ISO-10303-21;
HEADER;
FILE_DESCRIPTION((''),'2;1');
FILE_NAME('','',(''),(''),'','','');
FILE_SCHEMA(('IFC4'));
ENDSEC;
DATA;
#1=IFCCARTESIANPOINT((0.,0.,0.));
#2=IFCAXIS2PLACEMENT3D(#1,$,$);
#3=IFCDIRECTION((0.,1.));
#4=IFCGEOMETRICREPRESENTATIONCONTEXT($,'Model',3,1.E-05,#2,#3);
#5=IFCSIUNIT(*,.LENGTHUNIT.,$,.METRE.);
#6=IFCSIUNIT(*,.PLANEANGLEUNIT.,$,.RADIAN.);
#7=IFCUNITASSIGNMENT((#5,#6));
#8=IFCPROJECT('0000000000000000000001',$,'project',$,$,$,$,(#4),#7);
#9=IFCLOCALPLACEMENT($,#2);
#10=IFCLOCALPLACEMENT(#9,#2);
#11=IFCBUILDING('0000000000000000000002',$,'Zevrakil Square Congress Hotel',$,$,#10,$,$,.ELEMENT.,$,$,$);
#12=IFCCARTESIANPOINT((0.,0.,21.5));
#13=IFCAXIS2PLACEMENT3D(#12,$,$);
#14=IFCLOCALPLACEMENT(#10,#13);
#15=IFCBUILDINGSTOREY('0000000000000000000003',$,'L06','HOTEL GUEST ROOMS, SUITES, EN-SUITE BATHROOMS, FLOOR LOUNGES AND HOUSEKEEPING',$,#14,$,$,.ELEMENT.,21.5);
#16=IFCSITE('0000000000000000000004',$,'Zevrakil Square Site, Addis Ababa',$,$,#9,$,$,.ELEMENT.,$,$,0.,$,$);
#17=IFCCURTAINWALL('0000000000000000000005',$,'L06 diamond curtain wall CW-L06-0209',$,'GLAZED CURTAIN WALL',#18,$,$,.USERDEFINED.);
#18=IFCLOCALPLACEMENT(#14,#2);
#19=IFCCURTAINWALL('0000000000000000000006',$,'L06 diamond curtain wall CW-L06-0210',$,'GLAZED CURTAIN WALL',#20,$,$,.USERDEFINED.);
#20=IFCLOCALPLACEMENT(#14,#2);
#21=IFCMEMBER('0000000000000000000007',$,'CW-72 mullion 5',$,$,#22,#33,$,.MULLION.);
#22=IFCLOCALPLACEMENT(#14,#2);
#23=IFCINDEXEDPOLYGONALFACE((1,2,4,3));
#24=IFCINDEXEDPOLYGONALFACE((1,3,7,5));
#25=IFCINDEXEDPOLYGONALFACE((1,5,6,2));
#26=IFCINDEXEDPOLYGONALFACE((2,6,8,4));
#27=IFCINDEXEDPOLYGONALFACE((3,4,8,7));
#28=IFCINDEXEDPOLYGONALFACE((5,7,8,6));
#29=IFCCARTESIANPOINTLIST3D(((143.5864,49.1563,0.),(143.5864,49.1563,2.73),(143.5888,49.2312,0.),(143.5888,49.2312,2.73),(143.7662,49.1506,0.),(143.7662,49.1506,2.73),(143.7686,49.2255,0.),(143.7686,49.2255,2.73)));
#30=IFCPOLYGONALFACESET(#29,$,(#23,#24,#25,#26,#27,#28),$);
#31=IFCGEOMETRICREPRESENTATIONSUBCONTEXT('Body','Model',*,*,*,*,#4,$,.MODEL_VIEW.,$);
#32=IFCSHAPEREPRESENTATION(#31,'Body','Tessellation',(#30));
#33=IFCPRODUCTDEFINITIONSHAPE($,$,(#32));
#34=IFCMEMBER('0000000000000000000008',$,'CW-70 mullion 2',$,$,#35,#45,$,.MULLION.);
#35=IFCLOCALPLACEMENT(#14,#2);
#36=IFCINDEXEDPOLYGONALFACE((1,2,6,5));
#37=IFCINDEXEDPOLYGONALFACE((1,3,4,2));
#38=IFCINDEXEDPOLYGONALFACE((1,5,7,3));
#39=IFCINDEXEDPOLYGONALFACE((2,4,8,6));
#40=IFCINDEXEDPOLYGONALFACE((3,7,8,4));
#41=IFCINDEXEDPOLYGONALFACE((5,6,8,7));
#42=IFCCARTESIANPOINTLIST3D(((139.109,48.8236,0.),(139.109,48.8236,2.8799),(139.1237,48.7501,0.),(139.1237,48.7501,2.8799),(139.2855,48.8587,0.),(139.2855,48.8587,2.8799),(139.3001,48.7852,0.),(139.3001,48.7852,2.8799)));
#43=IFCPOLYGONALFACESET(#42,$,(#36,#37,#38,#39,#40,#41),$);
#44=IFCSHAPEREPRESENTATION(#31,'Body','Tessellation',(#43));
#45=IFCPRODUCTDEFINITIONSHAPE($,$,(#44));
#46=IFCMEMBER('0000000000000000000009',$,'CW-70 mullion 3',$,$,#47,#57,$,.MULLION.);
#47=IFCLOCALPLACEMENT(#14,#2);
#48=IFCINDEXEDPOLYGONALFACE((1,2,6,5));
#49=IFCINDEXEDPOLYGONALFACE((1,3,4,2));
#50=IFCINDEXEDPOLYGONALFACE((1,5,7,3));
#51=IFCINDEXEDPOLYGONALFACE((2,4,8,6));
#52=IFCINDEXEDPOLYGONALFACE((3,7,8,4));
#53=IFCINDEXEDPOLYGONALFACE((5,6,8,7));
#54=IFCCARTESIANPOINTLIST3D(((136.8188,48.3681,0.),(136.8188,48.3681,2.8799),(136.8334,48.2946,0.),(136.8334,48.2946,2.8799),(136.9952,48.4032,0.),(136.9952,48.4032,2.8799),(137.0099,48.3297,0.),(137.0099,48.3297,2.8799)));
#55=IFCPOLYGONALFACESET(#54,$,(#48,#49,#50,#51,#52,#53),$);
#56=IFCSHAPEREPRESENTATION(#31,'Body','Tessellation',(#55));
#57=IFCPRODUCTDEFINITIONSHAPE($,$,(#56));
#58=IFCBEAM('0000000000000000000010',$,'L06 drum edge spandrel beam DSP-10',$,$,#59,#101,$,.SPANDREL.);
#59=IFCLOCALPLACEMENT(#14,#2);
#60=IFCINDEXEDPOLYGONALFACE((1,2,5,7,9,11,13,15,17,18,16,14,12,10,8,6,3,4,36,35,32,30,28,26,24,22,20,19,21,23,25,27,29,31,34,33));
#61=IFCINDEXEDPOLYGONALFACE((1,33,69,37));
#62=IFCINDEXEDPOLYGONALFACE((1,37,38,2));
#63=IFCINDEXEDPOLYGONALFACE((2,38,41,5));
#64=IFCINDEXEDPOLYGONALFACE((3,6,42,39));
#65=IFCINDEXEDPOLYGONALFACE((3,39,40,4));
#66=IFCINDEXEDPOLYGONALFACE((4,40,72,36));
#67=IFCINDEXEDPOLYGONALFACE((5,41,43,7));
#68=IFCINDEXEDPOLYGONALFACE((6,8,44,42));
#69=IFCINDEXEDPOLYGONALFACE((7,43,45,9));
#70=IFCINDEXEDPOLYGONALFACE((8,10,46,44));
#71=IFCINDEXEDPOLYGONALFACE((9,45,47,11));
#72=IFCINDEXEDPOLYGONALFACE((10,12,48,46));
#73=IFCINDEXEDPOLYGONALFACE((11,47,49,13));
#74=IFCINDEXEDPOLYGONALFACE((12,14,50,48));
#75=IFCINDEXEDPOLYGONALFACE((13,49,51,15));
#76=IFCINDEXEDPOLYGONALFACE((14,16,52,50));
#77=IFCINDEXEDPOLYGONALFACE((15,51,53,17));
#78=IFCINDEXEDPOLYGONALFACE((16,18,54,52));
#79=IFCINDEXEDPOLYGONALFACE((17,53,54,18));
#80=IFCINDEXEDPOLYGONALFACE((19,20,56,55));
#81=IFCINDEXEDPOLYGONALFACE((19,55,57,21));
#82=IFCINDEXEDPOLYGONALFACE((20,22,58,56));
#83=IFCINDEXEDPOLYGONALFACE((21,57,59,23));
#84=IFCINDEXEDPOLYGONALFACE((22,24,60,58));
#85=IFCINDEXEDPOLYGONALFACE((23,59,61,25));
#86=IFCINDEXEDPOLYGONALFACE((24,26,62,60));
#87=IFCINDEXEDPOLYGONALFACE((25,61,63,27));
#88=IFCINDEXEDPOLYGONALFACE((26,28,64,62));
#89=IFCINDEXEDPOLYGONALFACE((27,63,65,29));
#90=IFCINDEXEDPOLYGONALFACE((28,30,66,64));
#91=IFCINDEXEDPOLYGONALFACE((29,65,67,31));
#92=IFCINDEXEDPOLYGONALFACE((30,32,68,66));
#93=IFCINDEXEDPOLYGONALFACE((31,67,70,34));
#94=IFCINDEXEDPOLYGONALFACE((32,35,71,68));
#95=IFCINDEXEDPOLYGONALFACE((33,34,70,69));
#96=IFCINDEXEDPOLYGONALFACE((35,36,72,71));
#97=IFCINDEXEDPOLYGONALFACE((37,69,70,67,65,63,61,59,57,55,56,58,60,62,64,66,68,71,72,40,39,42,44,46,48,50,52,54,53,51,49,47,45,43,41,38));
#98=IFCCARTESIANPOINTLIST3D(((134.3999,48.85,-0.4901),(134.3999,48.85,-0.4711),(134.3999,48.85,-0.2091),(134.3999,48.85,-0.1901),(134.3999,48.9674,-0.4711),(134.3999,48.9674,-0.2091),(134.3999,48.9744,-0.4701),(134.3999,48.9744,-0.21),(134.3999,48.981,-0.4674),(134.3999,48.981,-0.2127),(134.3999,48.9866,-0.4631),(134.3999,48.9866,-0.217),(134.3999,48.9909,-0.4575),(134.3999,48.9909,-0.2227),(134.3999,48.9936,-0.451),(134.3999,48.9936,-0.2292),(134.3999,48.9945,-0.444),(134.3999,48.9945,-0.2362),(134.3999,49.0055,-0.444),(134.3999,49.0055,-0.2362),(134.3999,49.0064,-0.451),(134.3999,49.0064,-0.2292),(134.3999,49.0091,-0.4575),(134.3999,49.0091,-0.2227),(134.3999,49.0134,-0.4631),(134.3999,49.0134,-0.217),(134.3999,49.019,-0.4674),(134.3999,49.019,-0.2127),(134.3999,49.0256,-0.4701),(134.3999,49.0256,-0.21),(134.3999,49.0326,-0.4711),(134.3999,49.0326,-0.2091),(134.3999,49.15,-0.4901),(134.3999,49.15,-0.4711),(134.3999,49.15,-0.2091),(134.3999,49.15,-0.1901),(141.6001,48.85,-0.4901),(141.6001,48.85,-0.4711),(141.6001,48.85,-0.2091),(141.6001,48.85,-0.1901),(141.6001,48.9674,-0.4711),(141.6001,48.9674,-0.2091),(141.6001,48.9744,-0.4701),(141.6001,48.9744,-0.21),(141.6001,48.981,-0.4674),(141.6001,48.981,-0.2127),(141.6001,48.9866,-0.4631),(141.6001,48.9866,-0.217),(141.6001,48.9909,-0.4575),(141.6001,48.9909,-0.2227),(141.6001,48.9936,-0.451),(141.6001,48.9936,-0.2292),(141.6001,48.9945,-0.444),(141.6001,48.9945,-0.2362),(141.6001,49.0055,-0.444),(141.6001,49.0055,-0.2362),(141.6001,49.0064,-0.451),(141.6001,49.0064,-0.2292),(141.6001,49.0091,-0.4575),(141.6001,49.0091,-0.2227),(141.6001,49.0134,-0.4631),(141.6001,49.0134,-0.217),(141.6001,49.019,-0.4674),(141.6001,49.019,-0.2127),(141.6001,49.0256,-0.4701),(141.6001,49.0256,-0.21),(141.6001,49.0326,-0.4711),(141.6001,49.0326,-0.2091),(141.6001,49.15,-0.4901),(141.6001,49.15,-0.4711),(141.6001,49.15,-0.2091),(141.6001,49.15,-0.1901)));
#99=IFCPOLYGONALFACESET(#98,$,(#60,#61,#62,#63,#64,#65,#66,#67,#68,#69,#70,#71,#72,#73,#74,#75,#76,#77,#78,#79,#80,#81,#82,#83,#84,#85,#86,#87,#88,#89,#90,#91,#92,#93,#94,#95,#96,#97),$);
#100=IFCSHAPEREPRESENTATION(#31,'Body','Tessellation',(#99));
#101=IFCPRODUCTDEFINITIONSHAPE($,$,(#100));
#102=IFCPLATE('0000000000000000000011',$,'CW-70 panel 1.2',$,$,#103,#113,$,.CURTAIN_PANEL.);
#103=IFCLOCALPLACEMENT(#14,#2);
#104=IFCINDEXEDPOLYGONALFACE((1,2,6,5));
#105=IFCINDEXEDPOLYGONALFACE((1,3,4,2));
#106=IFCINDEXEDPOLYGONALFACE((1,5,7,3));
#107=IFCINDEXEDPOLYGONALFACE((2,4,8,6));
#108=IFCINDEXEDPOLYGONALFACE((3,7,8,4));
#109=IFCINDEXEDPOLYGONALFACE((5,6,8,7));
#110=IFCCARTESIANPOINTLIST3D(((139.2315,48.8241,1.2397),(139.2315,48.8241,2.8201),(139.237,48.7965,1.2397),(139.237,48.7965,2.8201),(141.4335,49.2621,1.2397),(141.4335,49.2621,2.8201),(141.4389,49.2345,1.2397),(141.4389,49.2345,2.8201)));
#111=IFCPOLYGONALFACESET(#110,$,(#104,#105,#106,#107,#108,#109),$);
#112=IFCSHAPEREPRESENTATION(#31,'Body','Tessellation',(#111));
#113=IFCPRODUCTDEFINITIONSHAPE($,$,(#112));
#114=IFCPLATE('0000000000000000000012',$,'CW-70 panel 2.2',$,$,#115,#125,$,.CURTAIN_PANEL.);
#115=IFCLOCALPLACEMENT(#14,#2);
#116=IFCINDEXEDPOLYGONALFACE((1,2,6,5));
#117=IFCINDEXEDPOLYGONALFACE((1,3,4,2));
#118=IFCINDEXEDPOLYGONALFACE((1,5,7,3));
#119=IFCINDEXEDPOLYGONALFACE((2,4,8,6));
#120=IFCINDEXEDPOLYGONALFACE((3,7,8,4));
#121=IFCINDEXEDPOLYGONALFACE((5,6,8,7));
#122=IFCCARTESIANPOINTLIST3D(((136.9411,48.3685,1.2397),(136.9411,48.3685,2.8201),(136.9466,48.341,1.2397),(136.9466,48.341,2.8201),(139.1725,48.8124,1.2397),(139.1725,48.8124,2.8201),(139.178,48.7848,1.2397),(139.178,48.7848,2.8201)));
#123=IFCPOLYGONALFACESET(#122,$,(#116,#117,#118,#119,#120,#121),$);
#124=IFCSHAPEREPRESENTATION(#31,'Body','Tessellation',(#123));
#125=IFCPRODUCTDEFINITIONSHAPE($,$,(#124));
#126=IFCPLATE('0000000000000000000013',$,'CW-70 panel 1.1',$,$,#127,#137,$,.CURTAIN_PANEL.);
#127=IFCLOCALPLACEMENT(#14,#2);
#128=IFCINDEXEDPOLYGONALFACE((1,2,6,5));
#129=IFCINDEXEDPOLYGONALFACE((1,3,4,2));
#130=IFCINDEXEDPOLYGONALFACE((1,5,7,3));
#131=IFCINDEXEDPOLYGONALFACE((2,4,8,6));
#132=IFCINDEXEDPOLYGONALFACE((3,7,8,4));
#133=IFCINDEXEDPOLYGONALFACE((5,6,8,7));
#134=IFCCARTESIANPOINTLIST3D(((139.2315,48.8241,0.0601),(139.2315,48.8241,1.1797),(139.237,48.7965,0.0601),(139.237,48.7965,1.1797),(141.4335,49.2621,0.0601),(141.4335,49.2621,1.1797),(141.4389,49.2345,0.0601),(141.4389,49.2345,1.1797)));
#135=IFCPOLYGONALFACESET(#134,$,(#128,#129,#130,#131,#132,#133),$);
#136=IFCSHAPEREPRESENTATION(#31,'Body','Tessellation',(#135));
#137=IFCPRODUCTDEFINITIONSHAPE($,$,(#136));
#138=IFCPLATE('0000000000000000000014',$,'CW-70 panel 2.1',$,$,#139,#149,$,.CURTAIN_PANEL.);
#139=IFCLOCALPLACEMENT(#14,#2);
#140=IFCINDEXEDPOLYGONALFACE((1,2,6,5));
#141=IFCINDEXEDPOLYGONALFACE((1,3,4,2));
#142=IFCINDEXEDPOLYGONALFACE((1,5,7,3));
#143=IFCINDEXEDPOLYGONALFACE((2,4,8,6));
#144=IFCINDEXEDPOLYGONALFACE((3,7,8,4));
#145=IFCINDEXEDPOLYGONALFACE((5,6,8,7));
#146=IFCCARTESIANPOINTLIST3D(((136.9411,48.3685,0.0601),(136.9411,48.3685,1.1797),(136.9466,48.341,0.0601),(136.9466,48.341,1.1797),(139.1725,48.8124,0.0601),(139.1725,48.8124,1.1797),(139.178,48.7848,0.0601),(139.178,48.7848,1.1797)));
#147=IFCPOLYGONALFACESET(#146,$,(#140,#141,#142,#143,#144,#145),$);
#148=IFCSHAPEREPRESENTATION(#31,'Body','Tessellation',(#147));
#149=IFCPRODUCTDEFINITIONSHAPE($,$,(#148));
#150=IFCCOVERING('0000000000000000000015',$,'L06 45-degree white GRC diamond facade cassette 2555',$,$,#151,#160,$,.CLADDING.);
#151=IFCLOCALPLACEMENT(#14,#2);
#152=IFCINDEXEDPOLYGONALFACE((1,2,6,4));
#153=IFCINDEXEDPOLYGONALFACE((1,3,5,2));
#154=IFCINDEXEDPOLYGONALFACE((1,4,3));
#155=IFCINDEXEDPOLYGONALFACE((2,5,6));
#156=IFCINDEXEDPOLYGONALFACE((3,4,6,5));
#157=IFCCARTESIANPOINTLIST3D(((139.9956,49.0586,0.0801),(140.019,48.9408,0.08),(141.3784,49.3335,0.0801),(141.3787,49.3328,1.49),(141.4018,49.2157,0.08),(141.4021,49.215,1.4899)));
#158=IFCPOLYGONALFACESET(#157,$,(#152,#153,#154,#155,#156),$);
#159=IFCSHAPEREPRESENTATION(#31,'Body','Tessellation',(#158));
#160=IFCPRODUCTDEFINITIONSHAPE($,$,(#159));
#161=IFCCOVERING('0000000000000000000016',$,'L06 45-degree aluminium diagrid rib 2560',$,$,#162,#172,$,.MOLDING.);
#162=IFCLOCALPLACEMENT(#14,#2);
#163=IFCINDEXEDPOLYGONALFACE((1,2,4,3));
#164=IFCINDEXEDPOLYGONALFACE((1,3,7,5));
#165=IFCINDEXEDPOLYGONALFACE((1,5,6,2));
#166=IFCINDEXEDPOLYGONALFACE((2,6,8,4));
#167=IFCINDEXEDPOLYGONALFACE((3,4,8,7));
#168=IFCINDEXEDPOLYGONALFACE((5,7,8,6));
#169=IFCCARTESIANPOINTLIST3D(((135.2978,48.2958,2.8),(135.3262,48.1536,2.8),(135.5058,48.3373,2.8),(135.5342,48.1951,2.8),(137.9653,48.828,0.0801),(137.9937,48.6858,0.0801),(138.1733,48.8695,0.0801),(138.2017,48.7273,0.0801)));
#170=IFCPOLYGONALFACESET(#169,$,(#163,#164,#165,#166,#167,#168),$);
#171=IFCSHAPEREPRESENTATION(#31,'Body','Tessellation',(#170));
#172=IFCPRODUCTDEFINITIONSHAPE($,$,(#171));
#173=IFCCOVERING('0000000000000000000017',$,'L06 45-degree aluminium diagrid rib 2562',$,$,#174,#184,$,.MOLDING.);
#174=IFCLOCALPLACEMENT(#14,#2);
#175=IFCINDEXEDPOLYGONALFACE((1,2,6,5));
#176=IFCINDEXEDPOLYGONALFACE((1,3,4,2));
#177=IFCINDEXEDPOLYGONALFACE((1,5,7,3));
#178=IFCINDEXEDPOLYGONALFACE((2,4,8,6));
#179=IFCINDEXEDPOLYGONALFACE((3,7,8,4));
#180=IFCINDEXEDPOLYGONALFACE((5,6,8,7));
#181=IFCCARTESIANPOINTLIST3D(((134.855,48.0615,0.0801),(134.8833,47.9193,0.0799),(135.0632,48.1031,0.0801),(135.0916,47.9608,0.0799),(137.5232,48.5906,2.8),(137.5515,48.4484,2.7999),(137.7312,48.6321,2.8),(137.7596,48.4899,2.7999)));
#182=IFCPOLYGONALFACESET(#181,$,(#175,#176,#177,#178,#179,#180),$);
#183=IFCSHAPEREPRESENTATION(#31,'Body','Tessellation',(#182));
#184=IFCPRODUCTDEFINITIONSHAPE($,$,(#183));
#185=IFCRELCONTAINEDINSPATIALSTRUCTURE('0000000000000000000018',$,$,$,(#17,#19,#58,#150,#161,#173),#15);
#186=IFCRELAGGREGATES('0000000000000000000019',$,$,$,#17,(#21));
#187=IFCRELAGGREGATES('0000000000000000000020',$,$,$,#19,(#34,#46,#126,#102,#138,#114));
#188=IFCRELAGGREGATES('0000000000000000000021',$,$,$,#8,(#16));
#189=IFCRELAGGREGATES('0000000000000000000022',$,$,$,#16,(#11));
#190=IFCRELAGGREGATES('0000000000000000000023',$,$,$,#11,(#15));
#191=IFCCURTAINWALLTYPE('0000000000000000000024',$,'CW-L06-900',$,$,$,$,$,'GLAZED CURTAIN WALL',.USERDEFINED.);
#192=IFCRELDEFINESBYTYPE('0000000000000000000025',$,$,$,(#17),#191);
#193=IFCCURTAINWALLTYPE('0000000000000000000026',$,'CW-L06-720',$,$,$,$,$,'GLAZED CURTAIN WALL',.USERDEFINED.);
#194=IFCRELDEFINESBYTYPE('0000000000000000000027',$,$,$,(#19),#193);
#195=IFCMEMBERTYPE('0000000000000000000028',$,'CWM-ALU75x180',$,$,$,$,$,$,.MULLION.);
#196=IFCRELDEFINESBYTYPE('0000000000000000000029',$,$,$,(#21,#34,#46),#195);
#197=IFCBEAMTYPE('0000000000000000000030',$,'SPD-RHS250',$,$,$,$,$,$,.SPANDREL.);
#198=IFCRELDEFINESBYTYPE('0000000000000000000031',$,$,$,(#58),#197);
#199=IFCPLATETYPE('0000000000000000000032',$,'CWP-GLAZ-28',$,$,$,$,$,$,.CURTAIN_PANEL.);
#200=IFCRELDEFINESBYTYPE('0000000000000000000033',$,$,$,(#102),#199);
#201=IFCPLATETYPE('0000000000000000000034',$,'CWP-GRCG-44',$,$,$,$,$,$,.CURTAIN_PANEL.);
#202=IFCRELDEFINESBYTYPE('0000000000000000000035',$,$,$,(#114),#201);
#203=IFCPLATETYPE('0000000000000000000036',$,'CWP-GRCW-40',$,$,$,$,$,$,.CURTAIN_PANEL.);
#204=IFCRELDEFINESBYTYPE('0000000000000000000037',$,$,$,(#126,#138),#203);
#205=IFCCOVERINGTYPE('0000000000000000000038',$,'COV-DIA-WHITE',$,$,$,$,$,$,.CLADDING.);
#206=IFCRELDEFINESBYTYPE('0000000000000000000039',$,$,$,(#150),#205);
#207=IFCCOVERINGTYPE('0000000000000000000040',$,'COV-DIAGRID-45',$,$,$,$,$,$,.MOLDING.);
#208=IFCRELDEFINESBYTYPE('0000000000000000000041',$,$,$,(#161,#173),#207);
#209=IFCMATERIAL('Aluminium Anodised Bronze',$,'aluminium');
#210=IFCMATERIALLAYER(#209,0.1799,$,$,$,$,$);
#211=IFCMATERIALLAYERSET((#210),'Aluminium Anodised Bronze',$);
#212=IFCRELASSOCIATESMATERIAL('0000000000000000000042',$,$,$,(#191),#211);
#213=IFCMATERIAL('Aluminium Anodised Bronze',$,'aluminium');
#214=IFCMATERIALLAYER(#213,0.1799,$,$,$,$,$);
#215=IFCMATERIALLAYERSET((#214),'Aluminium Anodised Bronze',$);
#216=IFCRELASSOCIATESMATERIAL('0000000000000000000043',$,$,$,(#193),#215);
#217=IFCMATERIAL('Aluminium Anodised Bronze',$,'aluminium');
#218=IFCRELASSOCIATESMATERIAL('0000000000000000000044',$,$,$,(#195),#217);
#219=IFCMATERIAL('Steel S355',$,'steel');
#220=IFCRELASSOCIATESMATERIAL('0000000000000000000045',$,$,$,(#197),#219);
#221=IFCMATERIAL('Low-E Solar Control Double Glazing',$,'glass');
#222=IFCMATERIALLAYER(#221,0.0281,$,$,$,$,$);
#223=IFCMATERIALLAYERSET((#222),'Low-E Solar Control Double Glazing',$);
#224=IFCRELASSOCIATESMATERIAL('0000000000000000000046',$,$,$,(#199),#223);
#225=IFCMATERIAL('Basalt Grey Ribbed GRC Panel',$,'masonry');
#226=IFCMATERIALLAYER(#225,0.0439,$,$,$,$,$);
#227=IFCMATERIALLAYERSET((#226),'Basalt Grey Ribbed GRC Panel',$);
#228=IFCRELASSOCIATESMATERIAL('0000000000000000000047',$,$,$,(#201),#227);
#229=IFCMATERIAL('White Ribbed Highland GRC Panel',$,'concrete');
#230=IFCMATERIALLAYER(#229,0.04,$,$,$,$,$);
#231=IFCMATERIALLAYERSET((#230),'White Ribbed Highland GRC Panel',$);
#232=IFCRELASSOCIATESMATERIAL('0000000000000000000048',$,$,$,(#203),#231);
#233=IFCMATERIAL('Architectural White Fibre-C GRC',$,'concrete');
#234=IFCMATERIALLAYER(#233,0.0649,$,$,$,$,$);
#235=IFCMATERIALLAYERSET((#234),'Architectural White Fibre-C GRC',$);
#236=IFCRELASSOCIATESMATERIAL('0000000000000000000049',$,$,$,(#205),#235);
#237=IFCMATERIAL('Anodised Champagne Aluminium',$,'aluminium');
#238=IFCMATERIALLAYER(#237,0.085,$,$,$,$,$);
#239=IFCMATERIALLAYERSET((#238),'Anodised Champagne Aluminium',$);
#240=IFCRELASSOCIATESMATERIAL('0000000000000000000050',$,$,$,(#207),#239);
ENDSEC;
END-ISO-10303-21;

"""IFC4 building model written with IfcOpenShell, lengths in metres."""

from ifc_helpers import new_model, si_unit, direction, frame, origin, origin_2d, place, context, subcontext, project, spatial, polyline, rectangle, i_section, outline, extrude, material, layer, layer_set, material_profile, profile_set, type_object, element, aggregate, save


model = new_model("IFC4")

# Units and contexts
model_context = context("Model", 3, precision=1e-05, world=origin(), true_north=direction((0.0, 1.0)))
body_context = subcontext(model_context, "Body", "Model", "MODEL_VIEW")
ifc_project = project(units=[si_unit("LENGTHUNIT", "METRE"), si_unit("PLANEANGLEUNIT", "RADIAN")], contexts=[model_context])

# Site, building, storey
site_placement = place(None, origin())
site = spatial("IfcSite", under=ifc_project, at=site_placement, Name="Zevrakil Square Site, Addis Ababa", CompositionType="ELEMENT", RefElevation=0.0)
building_placement = place(site_placement, origin())
building = spatial("IfcBuilding", under=site, at=building_placement, Name="Zevrakil Square Congress Hotel", CompositionType="ELEMENT")
storey_placement = place(building_placement, frame((0.0, 0.0, 21.5)))
storey = spatial("IfcBuildingStorey", under=building, at=storey_placement, Name="L06", Description="HOTEL GUEST ROOMS, SUITES, EN-SUITE BATHROOMS, FLOOR LOUNGES AND HOUSEKEEPING", CompositionType="ELEMENT", Elevation=21.5)

# Curtain walls
ifc_material_1 = material(Name="Aluminium Anodised Bronze", Category="aluminium")
ifc_layer_1 = layer(ifc_material_1, 0.1799)
ifc_layer_set_1 = layer_set([ifc_layer_1], Name="Aluminium Anodised Bronze")
curtain_wall_type_1 = type_object("IfcCurtainWallType", Name="CW-L06-900", ElementType="GLAZED CURTAIN WALL", PredefinedType="USERDEFINED", material=ifc_layer_set_1)
curtain_wall_1_placement = place(storey_placement, origin())
curtain_wall_1 = element("IfcCurtainWall", 1, at=curtain_wall_1_placement, inside=storey, type_object=curtain_wall_type_1, Name="L06 diamond curtain wall CW-L06-0209", ObjectType="GLAZED CURTAIN WALL", PredefinedType="USERDEFINED")
ifc_material_2 = material(Name="Aluminium Anodised Bronze", Category="aluminium")
ifc_layer_2 = layer(ifc_material_2, 0.1799)
ifc_layer_set_2 = layer_set([ifc_layer_2], Name="Aluminium Anodised Bronze")
curtain_wall_type_2 = type_object("IfcCurtainWallType", Name="CW-L06-720", ElementType="GLAZED CURTAIN WALL", PredefinedType="USERDEFINED", material=ifc_layer_set_2)
curtain_wall_2_placement = place(storey_placement, origin())
curtain_wall_2 = element("IfcCurtainWall", 2, at=curtain_wall_2_placement, inside=storey, type_object=curtain_wall_type_2, Name="L06 diamond curtain wall CW-L06-0210", ObjectType="GLAZED CURTAIN WALL", PredefinedType="USERDEFINED")

# Members
ifc_material_3 = material(Name="Aluminium Anodised Bronze", Category="aluminium")
ifc_material_profile_1 = material_profile(ifc_material_3, rectangle(XDim=0.075, YDim=0.1799, at=origin_2d()), Name="ALU 75x180")
ifc_profile_set_1 = profile_set([ifc_material_profile_1], Name="Aluminium Anodised Bronze")
member_type_1 = type_object("IfcMemberType", Name="CWM-ALU75x180", PredefinedType="MULLION", material=ifc_profile_set_1)
member_1_placement = place(storey_placement, frame((143.6775, 49.1909, 0.0), z_axis=(0.0, 0.0, 1.0), x_axis=(-0.031598, -0.999501, 0.0)))
member_1 = element("IfcMember", 3, at=member_1_placement, type_object=member_type_1, Name="CW-72 mullion 5", PredefinedType="MULLION", context=body_context, shape_type="SweptSolid", body=[
    extrude(rectangle(XDim=0.075, YDim=0.1799, at=origin_2d()), origin(), (0.0, 0.0, 1.0), 2.73),
])
aggregate(curtain_wall_1, [member_1])
member_2_placement = place(storey_placement, frame((139.2046, 48.8044, 0.0), z_axis=(0.0, 0.0, 1.0), x_axis=(0.195084, -0.980787, 0.0)))
member_2 = element("IfcMember", 4, at=member_2_placement, type_object=member_type_1, Name="CW-70 mullion 2", PredefinedType="MULLION", context=body_context, shape_type="SweptSolid", body=[
    extrude(rectangle(XDim=0.075, YDim=0.1799, at=origin_2d()), origin(), (0.0, 0.0, 1.0), 2.8799),
])
member_3_placement = place(storey_placement, frame((136.9143, 48.3489, 0.0), z_axis=(0.0, 0.0, 1.0), x_axis=(0.195084, -0.980787, 0.0)))
member_3 = element("IfcMember", 5, at=member_3_placement, type_object=member_type_1, Name="CW-70 mullion 3", PredefinedType="MULLION", context=body_context, shape_type="SweptSolid", body=[
    extrude(rectangle(XDim=0.075, YDim=0.1799, at=origin_2d()), origin(), (0.0, 0.0, 1.0), 2.8799),
])

# Beam
ifc_material_4 = material(Name="Steel S355", Category="steel")
ifc_material_profile_2 = material_profile(ifc_material_4, i_section(OverallWidth=0.3, OverallDepth=0.3, WebThickness=0.011, FlangeThickness=0.019, FilletRadius=0.0271, at=origin_2d()), Name="HEB 300")
ifc_profile_set_2 = profile_set([ifc_material_profile_2], Name="Steel S355")
beam_type_1 = type_object("IfcBeamType", Name="SPD-RHS250", PredefinedType="SPANDREL", material=ifc_profile_set_2)
beam_1_placement = place(storey_placement, frame((141.6001, 49.0, -0.3401), z_axis=(-1.0, 0.0, 0.0), x_axis=(0.0, -1.0, 0.0)))
element("IfcBeam", 6, at=beam_1_placement, inside=storey, type_object=beam_type_1, Name="L06 drum edge spandrel beam DSP-10", PredefinedType="SPANDREL", context=body_context, shape_type="SweptSolid", body=[
    extrude(i_section(OverallWidth=0.3, OverallDepth=0.3, WebThickness=0.011, FlangeThickness=0.019, FilletRadius=0.0271, at=origin_2d()), origin(), (0.0, 0.0, 1.0), 7.2002),
])

# Plates
ifc_material_5 = material(Name="Low-E Solar Control Double Glazing", Category="glass")
ifc_layer_3 = layer(ifc_material_5, 0.0281)
ifc_layer_set_3 = layer_set([ifc_layer_3], Name="Low-E Solar Control Double Glazing")
plate_type_1 = type_object("IfcPlateType", Name="CWP-GLAZ-28", PredefinedType="CURTAIN_PANEL", material=ifc_layer_set_3)
plate_1_placement = place(storey_placement, frame((140.3352, 49.0293, 1.2397), z_axis=(0.0, 0.0, 1.0), x_axis=(-0.980787, -0.195084, 0.0)))
plate_1 = element("IfcPlate", 7, at=plate_1_placement, type_object=plate_type_1, Name="CW-70 panel 1.2", PredefinedType="CURTAIN_PANEL", context=body_context, shape_type="SweptSolid", body=[
    extrude(rectangle(XDim=2.2451, YDim=0.0281, at=origin_2d()), origin(), (0.0, 0.0, 1.0), 1.5803),
])
ifc_material_6 = material(Name="Basalt Grey Ribbed GRC Panel", Category="masonry")
ifc_layer_4 = layer(ifc_material_6, 0.0439)
ifc_layer_set_4 = layer_set([ifc_layer_4], Name="Basalt Grey Ribbed GRC Panel")
plate_type_2 = type_object("IfcPlateType", Name="CWP-GRCG-44", PredefinedType="CURTAIN_PANEL", material=ifc_layer_set_4)
plate_2_placement = place(storey_placement, frame((138.0596, 48.5767, 1.2397), z_axis=(0.0, 0.0, 1.0), x_axis=(-0.980787, -0.195084, 0.0)))
plate_2 = element("IfcPlate", 8, at=plate_2_placement, type_object=plate_type_2, Name="CW-70 panel 2.2", PredefinedType="CURTAIN_PANEL", context=body_context, shape_type="SweptSolid", body=[
    extrude(rectangle(XDim=2.2751, YDim=0.0281, at=origin_2d()), origin(), (0.0, 0.0, 1.0), 1.5803),
])
ifc_material_7 = material(Name="White Ribbed Highland GRC Panel", Category="concrete")
ifc_layer_5 = layer(ifc_material_7, 0.04)
ifc_layer_set_5 = layer_set([ifc_layer_5], Name="White Ribbed Highland GRC Panel")
plate_type_3 = type_object("IfcPlateType", Name="CWP-GRCW-40", PredefinedType="CURTAIN_PANEL", material=ifc_layer_set_5)
plate_3_placement = place(storey_placement, frame((140.3352, 49.0293, 0.0601), z_axis=(0.0, 0.0, 1.0), x_axis=(-0.980787, -0.195084, 0.0)))
plate_3 = element("IfcPlate", 9, at=plate_3_placement, type_object=plate_type_3, Name="CW-70 panel 1.1", PredefinedType="CURTAIN_PANEL", context=body_context, shape_type="SweptSolid", body=[
    extrude(rectangle(XDim=2.2451, YDim=0.0281, at=origin_2d()), origin(), (0.0, 0.0, 1.0), 1.1196),
])
plate_4_placement = place(storey_placement, frame((138.0596, 48.5767, 0.0601), z_axis=(0.0, 0.0, 1.0), x_axis=(-0.980787, -0.195084, 0.0)))
plate_4 = element("IfcPlate", 10, at=plate_4_placement, type_object=plate_type_3, Name="CW-70 panel 2.1", PredefinedType="CURTAIN_PANEL", context=body_context, shape_type="SweptSolid", body=[
    extrude(rectangle(XDim=2.2751, YDim=0.0281, at=origin_2d()), origin(), (0.0, 0.0, 1.0), 1.1196),
])
aggregate(curtain_wall_2, [member_2, member_3, plate_3, plate_1, plate_4, plate_2])

# Coverings
ifc_material_8 = material(Name="Architectural White Fibre-C GRC", Category="concrete")
ifc_layer_6 = layer(ifc_material_8, 0.0649)
ifc_layer_set_6 = layer_set([ifc_layer_6], Name="Architectural White Fibre-C GRC")
covering_type_1 = type_object("IfcCoveringType", Name="COV-DIA-WHITE", PredefinedType="CLADDING", material=ifc_layer_set_6)
covering_1_placement = place(storey_placement, frame((139.9956, 49.0586, 0.0801), z_axis=(-0.194984, 0.980806, 0.000543), x_axis=(0.980806, 0.194984, 0.0)))
element("IfcCovering", 11, at=covering_1_placement, inside=storey, type_object=covering_type_1, Name="L06 45-degree white GRC diamond facade cassette 2555", PredefinedType="CLADDING", context=body_context, shape_type="SweptSolid", body=[
    extrude(outline(polyline([(0.0, 0.0), (1.4099, 0.0), (1.41, -1.4099), (0.0, 0.0)])), origin(), (0.0, 0.0, -1.0), 0.1201),
])
ifc_material_9 = material(Name="Anodised Champagne Aluminium", Category="aluminium")
ifc_layer_7 = layer(ifc_material_9, 0.085)
ifc_layer_set_7 = layer_set([ifc_layer_7], Name="Anodised Champagne Aluminium")
covering_type_2 = type_object("IfcCoveringType", Name="COV-DIAGRID-45", PredefinedType="MOLDING", material=ifc_layer_set_7)
covering_2_placement = place(storey_placement, frame((137.9937, 48.6858, 0.0801), z_axis=(0.195673, -0.980669, 0.000006), x_axis=(0.980669, 0.195673, 0.0)))
element("IfcCovering", 12, at=covering_2_placement, inside=storey, type_object=covering_type_2, Name="L06 45-degree aluminium diagrid rib 2560", PredefinedType="MOLDING", context=body_context, shape_type="SweptSolid", body=[
    extrude(outline(polyline([(0.0, 0.0), (0.2121, 0.0), (-2.508, 2.72), (-2.7201, 2.72), (0.0, 0.0)])), origin(), (0.0, 0.0, -1.0), 0.145),
])
covering_3_placement = place(storey_placement, frame((137.7312, 48.6321, 2.8), z_axis=(-0.195563, 0.980691, 0.001082), x_axis=(-0.980691, -0.195563, 0.0)))
element("IfcCovering", 13, at=covering_3_placement, inside=storey, type_object=covering_type_2, Name="L06 45-degree aluminium diagrid rib 2562", PredefinedType="MOLDING", context=body_context, shape_type="SweptSolid", body=[
    extrude(outline(polyline([(0.0, 0.0), (0.2121, 0.0), (2.9323, -2.72), (2.7199, -2.72), (0.0, 0.0)])), origin(), (0.0, 0.0, -1.0), 0.145),
])

save(model, "model.ifc")
